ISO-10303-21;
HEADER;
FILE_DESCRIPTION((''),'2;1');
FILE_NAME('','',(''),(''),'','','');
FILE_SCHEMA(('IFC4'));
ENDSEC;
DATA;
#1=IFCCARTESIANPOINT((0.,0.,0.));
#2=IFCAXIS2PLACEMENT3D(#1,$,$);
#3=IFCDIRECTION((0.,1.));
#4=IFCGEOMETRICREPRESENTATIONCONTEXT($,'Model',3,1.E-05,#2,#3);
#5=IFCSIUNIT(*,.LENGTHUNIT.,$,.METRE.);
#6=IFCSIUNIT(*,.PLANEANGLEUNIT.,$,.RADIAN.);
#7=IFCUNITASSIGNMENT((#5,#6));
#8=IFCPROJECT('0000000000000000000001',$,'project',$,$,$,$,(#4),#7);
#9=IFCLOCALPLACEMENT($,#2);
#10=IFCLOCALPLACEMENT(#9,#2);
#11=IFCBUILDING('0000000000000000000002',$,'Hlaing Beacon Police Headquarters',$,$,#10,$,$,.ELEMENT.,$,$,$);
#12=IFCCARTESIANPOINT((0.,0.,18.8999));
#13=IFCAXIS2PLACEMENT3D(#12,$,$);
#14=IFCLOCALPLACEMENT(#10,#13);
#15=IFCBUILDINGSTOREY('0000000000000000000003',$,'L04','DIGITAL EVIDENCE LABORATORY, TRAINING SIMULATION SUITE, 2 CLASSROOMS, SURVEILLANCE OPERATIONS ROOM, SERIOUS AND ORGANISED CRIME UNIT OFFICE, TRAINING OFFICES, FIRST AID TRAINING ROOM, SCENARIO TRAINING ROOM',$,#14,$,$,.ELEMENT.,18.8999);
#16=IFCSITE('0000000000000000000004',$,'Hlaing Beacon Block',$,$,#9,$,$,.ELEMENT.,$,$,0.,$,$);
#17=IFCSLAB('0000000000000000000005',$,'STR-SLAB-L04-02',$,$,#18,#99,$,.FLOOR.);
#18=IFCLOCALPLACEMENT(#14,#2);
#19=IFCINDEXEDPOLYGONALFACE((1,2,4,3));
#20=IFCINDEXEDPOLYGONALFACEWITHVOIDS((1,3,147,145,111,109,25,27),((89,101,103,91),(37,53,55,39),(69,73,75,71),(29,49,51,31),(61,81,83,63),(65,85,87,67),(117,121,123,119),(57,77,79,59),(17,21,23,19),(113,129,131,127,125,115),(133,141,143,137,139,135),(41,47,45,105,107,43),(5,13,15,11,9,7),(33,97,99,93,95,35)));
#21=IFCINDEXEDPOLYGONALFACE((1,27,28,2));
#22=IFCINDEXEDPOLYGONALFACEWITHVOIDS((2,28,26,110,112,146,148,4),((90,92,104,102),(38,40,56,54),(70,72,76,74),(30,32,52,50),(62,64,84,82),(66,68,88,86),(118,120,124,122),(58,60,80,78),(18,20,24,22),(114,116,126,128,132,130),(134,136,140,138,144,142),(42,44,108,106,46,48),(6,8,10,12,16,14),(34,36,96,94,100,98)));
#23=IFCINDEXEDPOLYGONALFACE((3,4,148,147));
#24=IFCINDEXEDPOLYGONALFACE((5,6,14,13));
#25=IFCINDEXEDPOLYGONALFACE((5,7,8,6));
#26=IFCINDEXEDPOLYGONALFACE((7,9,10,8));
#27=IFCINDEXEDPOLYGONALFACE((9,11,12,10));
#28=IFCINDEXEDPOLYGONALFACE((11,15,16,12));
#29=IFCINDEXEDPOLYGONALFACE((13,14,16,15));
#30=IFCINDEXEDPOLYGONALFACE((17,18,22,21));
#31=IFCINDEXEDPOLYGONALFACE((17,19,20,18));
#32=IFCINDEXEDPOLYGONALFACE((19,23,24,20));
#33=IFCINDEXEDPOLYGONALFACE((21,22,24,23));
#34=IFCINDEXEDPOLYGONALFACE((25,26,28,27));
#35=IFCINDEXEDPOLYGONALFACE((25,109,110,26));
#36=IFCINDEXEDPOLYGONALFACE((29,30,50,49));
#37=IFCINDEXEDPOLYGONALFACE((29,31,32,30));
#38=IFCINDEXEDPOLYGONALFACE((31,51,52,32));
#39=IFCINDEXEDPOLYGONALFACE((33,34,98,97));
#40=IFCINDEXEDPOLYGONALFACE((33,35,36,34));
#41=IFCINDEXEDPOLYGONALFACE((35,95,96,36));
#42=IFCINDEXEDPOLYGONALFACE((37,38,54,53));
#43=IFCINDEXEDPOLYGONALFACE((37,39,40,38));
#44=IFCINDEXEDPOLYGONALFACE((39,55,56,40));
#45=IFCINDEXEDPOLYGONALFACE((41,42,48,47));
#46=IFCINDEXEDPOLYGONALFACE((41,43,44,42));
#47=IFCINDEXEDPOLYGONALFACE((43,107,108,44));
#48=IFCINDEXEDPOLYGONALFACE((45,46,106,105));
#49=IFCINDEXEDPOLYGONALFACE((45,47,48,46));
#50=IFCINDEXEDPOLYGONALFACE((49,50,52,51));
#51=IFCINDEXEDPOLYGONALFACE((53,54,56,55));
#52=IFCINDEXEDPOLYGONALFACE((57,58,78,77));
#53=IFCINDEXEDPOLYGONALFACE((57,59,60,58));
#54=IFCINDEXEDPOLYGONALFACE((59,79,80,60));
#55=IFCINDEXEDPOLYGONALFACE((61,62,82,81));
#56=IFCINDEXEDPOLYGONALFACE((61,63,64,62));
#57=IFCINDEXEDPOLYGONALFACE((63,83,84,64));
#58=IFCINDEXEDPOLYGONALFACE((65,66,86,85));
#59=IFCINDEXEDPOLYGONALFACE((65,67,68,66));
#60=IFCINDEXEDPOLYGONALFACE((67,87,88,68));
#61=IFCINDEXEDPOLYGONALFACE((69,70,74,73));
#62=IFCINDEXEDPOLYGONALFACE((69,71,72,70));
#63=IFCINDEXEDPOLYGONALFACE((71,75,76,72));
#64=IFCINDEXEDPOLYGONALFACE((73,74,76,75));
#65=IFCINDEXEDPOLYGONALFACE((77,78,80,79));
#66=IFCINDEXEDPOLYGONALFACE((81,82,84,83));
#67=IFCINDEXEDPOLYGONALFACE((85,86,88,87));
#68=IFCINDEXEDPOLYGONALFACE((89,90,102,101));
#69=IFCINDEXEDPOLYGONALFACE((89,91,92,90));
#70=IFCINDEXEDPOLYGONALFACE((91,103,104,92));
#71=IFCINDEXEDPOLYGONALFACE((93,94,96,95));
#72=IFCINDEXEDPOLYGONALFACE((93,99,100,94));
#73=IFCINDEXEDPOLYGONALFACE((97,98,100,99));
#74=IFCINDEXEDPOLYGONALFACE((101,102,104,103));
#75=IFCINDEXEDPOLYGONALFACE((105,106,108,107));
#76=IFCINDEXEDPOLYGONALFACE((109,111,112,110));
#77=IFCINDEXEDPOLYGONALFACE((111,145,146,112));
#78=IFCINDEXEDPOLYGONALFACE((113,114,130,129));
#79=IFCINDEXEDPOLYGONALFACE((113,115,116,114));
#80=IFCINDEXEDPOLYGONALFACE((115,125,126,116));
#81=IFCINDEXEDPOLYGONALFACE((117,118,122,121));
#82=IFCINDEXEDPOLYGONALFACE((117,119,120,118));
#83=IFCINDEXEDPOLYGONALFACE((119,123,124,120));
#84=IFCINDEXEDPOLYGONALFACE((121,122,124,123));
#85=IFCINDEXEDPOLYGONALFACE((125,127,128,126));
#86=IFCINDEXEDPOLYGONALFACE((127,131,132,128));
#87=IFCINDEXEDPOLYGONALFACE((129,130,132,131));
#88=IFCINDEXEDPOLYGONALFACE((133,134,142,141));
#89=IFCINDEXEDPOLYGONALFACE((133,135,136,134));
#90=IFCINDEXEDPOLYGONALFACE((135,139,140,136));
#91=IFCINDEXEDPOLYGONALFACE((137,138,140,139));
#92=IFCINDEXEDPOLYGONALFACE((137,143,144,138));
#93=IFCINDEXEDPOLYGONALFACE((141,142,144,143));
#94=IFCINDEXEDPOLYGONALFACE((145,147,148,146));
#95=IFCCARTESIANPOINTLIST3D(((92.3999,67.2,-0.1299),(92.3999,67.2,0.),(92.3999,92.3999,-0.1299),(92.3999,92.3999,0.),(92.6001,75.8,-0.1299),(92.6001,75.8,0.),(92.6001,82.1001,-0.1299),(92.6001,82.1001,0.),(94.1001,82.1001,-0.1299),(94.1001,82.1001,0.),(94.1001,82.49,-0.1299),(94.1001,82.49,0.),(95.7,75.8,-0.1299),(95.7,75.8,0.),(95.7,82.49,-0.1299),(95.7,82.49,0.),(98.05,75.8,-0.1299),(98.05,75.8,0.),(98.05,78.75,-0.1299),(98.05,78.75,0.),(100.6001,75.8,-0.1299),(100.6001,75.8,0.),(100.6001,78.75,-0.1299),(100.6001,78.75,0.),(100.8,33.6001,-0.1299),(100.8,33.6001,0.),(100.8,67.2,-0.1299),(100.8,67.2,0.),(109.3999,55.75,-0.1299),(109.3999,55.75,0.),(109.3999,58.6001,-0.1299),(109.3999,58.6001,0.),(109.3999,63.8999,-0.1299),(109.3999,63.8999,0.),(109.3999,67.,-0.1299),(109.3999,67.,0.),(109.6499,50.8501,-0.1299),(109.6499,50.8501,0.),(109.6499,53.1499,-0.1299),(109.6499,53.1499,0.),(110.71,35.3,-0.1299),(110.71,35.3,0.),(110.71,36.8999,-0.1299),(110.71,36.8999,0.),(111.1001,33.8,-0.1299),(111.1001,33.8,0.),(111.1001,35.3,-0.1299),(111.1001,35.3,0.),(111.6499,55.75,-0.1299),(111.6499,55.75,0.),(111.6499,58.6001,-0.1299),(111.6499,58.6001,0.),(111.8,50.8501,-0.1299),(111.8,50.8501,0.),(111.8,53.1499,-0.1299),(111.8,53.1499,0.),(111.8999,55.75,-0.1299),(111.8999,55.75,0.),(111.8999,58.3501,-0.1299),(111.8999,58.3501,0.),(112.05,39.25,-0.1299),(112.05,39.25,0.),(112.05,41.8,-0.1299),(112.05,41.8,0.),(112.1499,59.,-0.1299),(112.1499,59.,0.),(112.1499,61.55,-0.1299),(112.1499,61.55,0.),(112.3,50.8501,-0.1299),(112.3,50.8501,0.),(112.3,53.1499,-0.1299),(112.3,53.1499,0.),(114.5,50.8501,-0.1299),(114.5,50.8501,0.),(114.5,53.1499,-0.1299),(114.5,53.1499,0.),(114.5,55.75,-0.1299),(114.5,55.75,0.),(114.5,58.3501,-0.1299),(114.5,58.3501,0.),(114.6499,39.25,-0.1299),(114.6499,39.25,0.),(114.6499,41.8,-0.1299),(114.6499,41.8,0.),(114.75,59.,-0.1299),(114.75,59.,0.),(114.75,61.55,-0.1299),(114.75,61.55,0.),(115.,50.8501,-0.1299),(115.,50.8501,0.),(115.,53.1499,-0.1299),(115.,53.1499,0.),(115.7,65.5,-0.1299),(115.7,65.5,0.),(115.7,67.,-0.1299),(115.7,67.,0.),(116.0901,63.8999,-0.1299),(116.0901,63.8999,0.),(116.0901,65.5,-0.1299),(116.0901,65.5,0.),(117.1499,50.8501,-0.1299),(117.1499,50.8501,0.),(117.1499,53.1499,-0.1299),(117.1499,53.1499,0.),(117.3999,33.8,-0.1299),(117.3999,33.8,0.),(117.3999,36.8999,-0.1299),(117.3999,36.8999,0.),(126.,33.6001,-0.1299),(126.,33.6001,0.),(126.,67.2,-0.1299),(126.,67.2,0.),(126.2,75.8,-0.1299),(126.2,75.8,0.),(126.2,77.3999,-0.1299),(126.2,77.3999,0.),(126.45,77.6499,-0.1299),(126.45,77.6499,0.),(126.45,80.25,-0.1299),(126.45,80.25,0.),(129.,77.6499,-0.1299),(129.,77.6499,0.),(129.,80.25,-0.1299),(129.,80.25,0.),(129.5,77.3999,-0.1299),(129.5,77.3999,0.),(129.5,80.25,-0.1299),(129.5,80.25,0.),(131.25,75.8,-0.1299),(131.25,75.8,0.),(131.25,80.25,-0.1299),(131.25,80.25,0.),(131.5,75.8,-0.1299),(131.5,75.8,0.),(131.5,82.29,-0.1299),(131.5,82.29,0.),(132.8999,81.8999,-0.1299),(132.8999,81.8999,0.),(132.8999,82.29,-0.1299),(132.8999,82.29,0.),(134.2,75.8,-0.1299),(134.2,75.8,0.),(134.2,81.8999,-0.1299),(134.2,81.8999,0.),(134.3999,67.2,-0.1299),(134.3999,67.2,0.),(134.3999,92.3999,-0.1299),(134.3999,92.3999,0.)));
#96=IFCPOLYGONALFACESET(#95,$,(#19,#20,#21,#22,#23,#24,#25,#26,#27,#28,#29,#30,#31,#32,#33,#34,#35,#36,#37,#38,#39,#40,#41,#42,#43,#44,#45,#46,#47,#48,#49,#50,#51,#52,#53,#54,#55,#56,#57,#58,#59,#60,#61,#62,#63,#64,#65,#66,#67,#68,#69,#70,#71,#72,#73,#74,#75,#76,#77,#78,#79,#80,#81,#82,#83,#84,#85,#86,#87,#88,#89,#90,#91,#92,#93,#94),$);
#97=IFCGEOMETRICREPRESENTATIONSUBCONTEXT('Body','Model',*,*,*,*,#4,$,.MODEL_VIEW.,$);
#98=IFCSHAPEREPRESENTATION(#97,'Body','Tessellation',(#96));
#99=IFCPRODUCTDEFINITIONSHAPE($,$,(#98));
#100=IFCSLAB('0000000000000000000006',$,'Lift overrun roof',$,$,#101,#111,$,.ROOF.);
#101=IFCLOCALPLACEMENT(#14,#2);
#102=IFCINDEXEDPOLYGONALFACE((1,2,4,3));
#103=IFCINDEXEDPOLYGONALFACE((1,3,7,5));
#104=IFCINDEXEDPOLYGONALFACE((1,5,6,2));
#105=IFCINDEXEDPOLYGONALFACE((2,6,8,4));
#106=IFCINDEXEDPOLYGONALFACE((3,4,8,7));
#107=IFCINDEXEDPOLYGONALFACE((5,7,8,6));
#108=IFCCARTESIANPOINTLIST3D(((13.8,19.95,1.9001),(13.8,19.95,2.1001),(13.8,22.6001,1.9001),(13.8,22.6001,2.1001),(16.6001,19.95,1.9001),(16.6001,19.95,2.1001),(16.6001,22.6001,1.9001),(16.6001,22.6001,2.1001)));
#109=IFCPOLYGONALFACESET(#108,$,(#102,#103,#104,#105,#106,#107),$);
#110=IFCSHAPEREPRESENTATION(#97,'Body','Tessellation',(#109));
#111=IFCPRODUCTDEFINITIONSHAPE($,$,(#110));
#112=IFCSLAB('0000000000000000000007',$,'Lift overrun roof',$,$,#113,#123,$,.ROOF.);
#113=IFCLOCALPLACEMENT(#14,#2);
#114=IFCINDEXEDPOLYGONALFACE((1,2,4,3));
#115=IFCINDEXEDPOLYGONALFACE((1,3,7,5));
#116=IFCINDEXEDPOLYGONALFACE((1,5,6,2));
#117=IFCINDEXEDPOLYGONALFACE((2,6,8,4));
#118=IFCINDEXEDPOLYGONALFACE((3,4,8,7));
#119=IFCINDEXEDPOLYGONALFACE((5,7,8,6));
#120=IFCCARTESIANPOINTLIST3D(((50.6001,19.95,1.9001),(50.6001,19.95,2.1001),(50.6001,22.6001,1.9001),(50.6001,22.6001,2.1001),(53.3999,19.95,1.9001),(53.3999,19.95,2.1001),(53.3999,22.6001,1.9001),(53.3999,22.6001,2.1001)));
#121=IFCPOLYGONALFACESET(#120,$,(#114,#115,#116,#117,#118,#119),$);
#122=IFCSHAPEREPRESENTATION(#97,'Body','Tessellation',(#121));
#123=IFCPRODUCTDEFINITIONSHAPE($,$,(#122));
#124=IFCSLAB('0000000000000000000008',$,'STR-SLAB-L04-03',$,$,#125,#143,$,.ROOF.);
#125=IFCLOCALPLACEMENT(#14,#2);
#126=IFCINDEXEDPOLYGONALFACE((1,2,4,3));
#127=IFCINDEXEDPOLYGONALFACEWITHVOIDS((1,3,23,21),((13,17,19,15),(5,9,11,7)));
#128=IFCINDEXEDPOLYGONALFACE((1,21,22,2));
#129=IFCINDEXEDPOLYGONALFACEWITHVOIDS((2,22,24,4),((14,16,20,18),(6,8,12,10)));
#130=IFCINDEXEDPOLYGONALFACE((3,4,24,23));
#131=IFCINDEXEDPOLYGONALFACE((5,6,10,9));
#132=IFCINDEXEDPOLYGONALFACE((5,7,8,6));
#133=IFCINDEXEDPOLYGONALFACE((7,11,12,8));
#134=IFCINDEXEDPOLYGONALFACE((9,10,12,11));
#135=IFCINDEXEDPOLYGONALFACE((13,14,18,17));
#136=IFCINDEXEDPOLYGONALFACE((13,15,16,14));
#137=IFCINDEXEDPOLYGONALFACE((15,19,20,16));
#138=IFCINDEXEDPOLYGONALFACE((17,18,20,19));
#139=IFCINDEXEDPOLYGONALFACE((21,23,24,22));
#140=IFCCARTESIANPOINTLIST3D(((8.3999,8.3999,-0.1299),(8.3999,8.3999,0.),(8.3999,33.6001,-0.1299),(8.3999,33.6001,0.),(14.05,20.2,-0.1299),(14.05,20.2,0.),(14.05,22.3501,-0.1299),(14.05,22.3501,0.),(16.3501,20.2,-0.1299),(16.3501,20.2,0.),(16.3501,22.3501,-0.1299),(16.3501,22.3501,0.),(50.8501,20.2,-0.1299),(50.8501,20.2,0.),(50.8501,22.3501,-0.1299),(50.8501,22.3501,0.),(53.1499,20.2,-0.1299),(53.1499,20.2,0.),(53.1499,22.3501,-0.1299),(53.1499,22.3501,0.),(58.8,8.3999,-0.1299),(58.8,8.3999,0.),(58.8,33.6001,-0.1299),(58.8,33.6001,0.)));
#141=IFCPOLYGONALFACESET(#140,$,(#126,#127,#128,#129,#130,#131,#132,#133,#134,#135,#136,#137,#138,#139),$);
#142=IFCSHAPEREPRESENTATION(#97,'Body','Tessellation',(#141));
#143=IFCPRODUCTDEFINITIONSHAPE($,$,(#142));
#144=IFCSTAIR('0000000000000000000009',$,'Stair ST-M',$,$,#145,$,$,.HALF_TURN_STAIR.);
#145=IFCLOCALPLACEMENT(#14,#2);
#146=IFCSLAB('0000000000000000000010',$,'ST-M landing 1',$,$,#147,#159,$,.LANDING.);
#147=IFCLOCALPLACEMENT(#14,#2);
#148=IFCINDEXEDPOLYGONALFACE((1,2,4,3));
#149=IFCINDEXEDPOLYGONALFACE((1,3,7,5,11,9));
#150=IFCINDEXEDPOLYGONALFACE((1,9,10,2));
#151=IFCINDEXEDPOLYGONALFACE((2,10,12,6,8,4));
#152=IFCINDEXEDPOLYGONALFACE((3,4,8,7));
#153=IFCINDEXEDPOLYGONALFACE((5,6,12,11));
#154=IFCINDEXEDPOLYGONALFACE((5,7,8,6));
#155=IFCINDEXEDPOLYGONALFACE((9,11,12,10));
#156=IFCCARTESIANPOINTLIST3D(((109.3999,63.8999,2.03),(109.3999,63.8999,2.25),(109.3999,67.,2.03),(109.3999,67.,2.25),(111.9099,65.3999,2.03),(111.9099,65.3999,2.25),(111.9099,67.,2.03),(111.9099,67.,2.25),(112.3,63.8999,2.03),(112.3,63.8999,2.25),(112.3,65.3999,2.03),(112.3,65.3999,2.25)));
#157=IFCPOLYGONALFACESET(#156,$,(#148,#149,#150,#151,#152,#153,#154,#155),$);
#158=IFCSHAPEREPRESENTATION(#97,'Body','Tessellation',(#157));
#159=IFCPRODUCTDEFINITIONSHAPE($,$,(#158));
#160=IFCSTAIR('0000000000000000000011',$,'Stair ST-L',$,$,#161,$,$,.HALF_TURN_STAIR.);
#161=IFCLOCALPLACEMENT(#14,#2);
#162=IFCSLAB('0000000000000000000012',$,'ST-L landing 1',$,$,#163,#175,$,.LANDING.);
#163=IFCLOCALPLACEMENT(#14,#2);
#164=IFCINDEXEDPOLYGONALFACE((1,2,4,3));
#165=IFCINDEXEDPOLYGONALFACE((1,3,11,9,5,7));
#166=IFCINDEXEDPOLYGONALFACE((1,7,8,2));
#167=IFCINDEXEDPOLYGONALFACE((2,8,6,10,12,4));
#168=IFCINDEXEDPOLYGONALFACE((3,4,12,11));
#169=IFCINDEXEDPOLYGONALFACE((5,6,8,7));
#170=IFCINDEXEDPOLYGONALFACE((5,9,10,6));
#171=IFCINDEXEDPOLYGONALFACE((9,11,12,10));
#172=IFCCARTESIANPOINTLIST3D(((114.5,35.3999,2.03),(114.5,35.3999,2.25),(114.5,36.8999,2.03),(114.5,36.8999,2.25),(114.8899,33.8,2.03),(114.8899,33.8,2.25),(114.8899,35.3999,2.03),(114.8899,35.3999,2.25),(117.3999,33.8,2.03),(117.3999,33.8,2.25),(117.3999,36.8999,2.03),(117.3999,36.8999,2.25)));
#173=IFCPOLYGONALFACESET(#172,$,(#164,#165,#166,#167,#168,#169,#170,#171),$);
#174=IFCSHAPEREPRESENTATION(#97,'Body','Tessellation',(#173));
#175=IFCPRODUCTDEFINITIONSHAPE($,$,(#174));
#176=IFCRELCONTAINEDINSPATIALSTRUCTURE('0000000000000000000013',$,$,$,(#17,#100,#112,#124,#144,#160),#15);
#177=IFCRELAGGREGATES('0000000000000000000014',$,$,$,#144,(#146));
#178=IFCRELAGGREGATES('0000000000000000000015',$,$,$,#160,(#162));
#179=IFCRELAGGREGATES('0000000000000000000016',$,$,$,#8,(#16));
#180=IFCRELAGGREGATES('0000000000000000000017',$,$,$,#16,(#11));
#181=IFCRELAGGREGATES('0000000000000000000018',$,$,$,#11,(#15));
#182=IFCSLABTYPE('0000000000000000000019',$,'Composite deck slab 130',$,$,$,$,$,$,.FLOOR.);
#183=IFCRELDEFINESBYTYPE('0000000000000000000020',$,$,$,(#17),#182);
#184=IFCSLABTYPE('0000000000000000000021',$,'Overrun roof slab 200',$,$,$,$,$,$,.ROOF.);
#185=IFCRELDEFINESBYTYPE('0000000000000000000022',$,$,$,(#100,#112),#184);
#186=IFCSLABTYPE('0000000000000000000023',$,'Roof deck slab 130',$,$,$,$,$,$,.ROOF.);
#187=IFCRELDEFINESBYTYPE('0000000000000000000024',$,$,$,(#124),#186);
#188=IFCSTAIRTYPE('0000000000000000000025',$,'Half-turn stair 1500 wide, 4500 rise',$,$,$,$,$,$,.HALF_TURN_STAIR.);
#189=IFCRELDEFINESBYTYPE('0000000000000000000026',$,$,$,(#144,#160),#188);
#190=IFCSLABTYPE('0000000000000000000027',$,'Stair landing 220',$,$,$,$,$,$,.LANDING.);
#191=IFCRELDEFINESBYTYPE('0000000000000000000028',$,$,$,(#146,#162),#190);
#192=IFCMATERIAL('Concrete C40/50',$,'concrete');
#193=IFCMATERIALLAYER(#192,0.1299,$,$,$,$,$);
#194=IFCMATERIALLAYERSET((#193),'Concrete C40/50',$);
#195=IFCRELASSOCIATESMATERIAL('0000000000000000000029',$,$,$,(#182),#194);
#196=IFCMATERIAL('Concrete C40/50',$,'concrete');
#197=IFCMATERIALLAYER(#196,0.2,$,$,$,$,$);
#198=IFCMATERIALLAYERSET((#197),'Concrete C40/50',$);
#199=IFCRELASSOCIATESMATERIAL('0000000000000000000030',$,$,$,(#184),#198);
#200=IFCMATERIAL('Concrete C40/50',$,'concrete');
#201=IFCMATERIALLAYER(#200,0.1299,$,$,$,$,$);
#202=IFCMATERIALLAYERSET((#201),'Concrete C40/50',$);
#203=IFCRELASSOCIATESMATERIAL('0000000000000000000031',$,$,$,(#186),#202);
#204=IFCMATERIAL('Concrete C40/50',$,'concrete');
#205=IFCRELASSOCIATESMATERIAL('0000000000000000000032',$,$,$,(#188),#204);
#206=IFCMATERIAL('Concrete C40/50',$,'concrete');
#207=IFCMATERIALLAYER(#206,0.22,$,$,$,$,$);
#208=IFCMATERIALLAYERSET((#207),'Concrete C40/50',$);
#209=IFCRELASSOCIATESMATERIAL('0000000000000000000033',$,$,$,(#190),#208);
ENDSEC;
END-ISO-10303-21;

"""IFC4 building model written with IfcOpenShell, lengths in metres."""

from ifc_helpers import new_model, si_unit, direction, frame, origin, place, context, subcontext, project, spatial, polyline, outline, extrude, material, layer, layer_set, type_object, element, aggregate, save


model = new_model("IFC4")

# Units and contexts
model_context = context("Model", 3, precision=1e-05, world=origin(), true_north=direction((0.0, 1.0)))
body_context = subcontext(model_context, "Body", "Model", "MODEL_VIEW")
ifc_project = project(units=[si_unit("LENGTHUNIT", "METRE"), si_unit("PLANEANGLEUNIT", "RADIAN")], contexts=[model_context])

# Site, building, storey
site_placement = place(None, origin())
site = spatial("IfcSite", under=ifc_project, at=site_placement, Name="Hlaing Beacon Block", CompositionType="ELEMENT", RefElevation=0.0)
building_placement = place(site_placement, origin())
building = spatial("IfcBuilding", under=site, at=building_placement, Name="Hlaing Beacon Police Headquarters", CompositionType="ELEMENT")
storey_placement = place(building_placement, frame((0.0, 0.0, 18.8999)))
storey = spatial("IfcBuildingStorey", under=building, at=storey_placement, Name="L04", Description="DIGITAL EVIDENCE LABORATORY, TRAINING SIMULATION SUITE, 2 CLASSROOMS, SURVEILLANCE OPERATIONS ROOM, SERIOUS AND ORGANISED CRIME UNIT OFFICE, TRAINING OFFICES, FIRST AID TRAINING ROOM, SCENARIO TRAINING ROOM", CompositionType="ELEMENT", Elevation=18.8999)

# Slabs
ifc_material_1 = material(Name="Concrete C40/50", Category="concrete")
ifc_layer_1 = layer(ifc_material_1, 0.1299)
ifc_layer_set_1 = layer_set([ifc_layer_1], Name="Concrete C40/50")
slab_type_1 = type_object("IfcSlabType", Name="Composite deck slab 130", PredefinedType="FLOOR", material=ifc_layer_set_1)
slab_1_placement = place(storey_placement, frame((0.0, 0.0, -0.1299)))
element("IfcSlab", 1, at=slab_1_placement, inside=storey, type_object=slab_type_1, Name="STR-SLAB-L04-02", PredefinedType="FLOOR", context=body_context, shape_type="SweptSolid", body=[
    extrude(outline(polyline([(100.8, 33.6001), (126.0, 33.6001), (126.0, 67.2), (134.3999, 67.2), (134.3999, 92.3999), (92.3999, 92.3999), (92.3999, 67.2), (100.8, 67.2), (100.8, 33.6001)]), holes=[polyline([(92.6001, 75.8), (95.7, 75.8), (95.7, 82.49), (94.1001, 82.49), (94.1001, 82.1001), (92.6001, 82.1001), (92.6001, 75.8)]), polyline([(98.05, 75.8), (100.6001, 75.8), (100.6001, 78.75), (98.05, 78.75), (98.05, 75.8)]), polyline([(109.3999, 55.75), (111.6499, 55.75), (111.6499, 58.6001), (109.3999, 58.6001), (109.3999, 55.75)]), polyline([(109.3999, 63.8999), (116.0901, 63.8999), (116.0901, 65.5), (115.7, 65.5), (115.7, 67.0), (109.3999, 67.0), (109.3999, 63.8999)]), polyline([(109.6499, 50.8501), (111.8, 50.8501), (111.8, 53.1499), (109.6499, 53.1499), (109.6499, 50.8501)]), polyline([(111.1001, 33.8), (117.3999, 33.8), (117.3999, 36.8999), (110.71, 36.8999), (110.71, 35.3), (111.1001, 35.3), (111.1001, 33.8)]), polyline([(111.8999, 55.75), (114.5, 55.75), (114.5, 58.3501), (111.8999, 58.3501), (111.8999, 55.75)]), polyline([(112.05, 39.25), (114.6499, 39.25), (114.6499, 41.8), (112.05, 41.8), (112.05, 39.25)]), polyline([(112.1499, 59.0), (114.75, 59.0), (114.75, 61.55), (112.1499, 61.55), (112.1499, 59.0)]), polyline([(112.3, 50.8501), (114.5, 50.8501), (114.5, 53.1499), (112.3, 53.1499), (112.3, 50.8501)]), polyline([(115.0, 50.8501), (117.1499, 50.8501), (117.1499, 53.1499), (115.0, 53.1499), (115.0, 50.8501)]), polyline([(126.2, 75.8), (131.25, 75.8), (131.25, 80.25), (129.5, 80.25), (129.5, 77.3999), (126.2, 77.3999), (126.2, 75.8)]), polyline([(126.45, 77.6499), (129.0, 77.6499), (129.0, 80.25), (126.45, 80.25), (126.45, 77.6499)]), polyline([(131.5, 75.8), (134.2, 75.8), (134.2, 81.8999), (132.8999, 81.8999), (132.8999, 82.29), (131.5, 82.29), (131.5, 75.8)])]), origin(), (0.0, 0.0, 1.0), 0.1299),
])
ifc_material_2 = material(Name="Concrete C40/50", Category="concrete")
ifc_layer_2 = layer(ifc_material_2, 0.2)
ifc_layer_set_2 = layer_set([ifc_layer_2], Name="Concrete C40/50")
slab_type_2 = type_object("IfcSlabType", Name="Overrun roof slab 200", PredefinedType="ROOF", material=ifc_layer_set_2)
slab_2_placement = place(storey_placement, frame((0.0, 0.0, 1.9001)))
element("IfcSlab", 2, at=slab_2_placement, inside=storey, type_object=slab_type_2, Name="Lift overrun roof", PredefinedType="ROOF", context=body_context, shape_type="SweptSolid", body=[
    extrude(outline(polyline([(13.8, 19.95), (16.6001, 19.95), (16.6001, 22.6001), (13.8, 22.6001), (13.8, 19.95)])), origin(), (0.0, 0.0, 1.0), 0.2),
])
slab_3_placement = place(storey_placement, frame((0.0, 0.0, 1.9001)))
element("IfcSlab", 3, at=slab_3_placement, inside=storey, type_object=slab_type_2, Name="Lift overrun roof", PredefinedType="ROOF", context=body_context, shape_type="SweptSolid", body=[
    extrude(outline(polyline([(50.6001, 19.95), (53.3999, 19.95), (53.3999, 22.6001), (50.6001, 22.6001), (50.6001, 19.95)])), origin(), (0.0, 0.0, 1.0), 0.2),
])
ifc_material_3 = material(Name="Concrete C40/50", Category="concrete")
ifc_layer_3 = layer(ifc_material_3, 0.1299)
ifc_layer_set_3 = layer_set([ifc_layer_3], Name="Concrete C40/50")
slab_type_3 = type_object("IfcSlabType", Name="Roof deck slab 130", PredefinedType="ROOF", material=ifc_layer_set_3)
slab_4_placement = place(storey_placement, frame((0.0, 0.0, -0.1299)))
element("IfcSlab", 4, at=slab_4_placement, inside=storey, type_object=slab_type_3, Name="STR-SLAB-L04-03", PredefinedType="ROOF", context=body_context, shape_type="SweptSolid", body=[
    extrude(outline(polyline([(8.3999, 8.3999), (58.8, 8.3999), (58.8, 33.6001), (8.3999, 33.6001), (8.3999, 8.3999)]), holes=[polyline([(14.05, 20.2), (16.3501, 20.2), (16.3501, 22.3501), (14.05, 22.3501), (14.05, 20.2)]), polyline([(50.8501, 20.2), (53.1499, 20.2), (53.1499, 22.3501), (50.8501, 22.3501), (50.8501, 20.2)])]), origin(), (0.0, 0.0, 1.0), 0.1299),
])

# Stairs, slabs
ifc_material_4 = material(Name="Concrete C40/50", Category="concrete")
stair_type_1 = type_object("IfcStairType", Name="Half-turn stair 1500 wide, 4500 rise", PredefinedType="HALF_TURN_STAIR", material=ifc_material_4)
stair_1_placement = place(storey_placement, origin())
stair_1 = element("IfcStair", 5, at=stair_1_placement, inside=storey, type_object=stair_type_1, Name="Stair ST-M", PredefinedType="HALF_TURN_STAIR")
ifc_material_5 = material(Name="Concrete C40/50", Category="concrete")
ifc_layer_4 = layer(ifc_material_5, 0.22)
ifc_layer_set_4 = layer_set([ifc_layer_4], Name="Concrete C40/50")
slab_type_4 = type_object("IfcSlabType", Name="Stair landing 220", PredefinedType="LANDING", material=ifc_layer_set_4)
slab_5_placement = place(storey_placement, frame((0.0, 0.0, 2.03)))
slab_5 = element("IfcSlab", 6, at=slab_5_placement, type_object=slab_type_4, Name="ST-M landing 1", PredefinedType="LANDING", context=body_context, shape_type="SweptSolid", body=[
    extrude(outline(polyline([(111.9099, 67.0), (109.3999, 67.0), (109.3999, 63.8999), (112.3, 63.8999), (112.3, 65.3999), (111.9099, 65.3999), (111.9099, 67.0)])), origin(), (0.0, 0.0, 1.0), 0.22),
])
aggregate(stair_1, [slab_5])
stair_2_placement = place(storey_placement, origin())
stair_2 = element("IfcStair", 7, at=stair_2_placement, inside=storey, type_object=stair_type_1, Name="Stair ST-L", PredefinedType="HALF_TURN_STAIR")
slab_6_placement = place(storey_placement, frame((0.0, 0.0, 2.03)))
slab_6 = element("IfcSlab", 8, at=slab_6_placement, type_object=slab_type_4, Name="ST-L landing 1", PredefinedType="LANDING", context=body_context, shape_type="SweptSolid", body=[
    extrude(outline(polyline([(114.8899, 33.8), (117.3999, 33.8), (117.3999, 36.8999), (114.5, 36.8999), (114.5, 35.3999), (114.8899, 35.3999), (114.8899, 33.8)])), origin(), (0.0, 0.0, 1.0), 0.22),
])
aggregate(stair_2, [slab_6])

save(model, "model.ifc")
